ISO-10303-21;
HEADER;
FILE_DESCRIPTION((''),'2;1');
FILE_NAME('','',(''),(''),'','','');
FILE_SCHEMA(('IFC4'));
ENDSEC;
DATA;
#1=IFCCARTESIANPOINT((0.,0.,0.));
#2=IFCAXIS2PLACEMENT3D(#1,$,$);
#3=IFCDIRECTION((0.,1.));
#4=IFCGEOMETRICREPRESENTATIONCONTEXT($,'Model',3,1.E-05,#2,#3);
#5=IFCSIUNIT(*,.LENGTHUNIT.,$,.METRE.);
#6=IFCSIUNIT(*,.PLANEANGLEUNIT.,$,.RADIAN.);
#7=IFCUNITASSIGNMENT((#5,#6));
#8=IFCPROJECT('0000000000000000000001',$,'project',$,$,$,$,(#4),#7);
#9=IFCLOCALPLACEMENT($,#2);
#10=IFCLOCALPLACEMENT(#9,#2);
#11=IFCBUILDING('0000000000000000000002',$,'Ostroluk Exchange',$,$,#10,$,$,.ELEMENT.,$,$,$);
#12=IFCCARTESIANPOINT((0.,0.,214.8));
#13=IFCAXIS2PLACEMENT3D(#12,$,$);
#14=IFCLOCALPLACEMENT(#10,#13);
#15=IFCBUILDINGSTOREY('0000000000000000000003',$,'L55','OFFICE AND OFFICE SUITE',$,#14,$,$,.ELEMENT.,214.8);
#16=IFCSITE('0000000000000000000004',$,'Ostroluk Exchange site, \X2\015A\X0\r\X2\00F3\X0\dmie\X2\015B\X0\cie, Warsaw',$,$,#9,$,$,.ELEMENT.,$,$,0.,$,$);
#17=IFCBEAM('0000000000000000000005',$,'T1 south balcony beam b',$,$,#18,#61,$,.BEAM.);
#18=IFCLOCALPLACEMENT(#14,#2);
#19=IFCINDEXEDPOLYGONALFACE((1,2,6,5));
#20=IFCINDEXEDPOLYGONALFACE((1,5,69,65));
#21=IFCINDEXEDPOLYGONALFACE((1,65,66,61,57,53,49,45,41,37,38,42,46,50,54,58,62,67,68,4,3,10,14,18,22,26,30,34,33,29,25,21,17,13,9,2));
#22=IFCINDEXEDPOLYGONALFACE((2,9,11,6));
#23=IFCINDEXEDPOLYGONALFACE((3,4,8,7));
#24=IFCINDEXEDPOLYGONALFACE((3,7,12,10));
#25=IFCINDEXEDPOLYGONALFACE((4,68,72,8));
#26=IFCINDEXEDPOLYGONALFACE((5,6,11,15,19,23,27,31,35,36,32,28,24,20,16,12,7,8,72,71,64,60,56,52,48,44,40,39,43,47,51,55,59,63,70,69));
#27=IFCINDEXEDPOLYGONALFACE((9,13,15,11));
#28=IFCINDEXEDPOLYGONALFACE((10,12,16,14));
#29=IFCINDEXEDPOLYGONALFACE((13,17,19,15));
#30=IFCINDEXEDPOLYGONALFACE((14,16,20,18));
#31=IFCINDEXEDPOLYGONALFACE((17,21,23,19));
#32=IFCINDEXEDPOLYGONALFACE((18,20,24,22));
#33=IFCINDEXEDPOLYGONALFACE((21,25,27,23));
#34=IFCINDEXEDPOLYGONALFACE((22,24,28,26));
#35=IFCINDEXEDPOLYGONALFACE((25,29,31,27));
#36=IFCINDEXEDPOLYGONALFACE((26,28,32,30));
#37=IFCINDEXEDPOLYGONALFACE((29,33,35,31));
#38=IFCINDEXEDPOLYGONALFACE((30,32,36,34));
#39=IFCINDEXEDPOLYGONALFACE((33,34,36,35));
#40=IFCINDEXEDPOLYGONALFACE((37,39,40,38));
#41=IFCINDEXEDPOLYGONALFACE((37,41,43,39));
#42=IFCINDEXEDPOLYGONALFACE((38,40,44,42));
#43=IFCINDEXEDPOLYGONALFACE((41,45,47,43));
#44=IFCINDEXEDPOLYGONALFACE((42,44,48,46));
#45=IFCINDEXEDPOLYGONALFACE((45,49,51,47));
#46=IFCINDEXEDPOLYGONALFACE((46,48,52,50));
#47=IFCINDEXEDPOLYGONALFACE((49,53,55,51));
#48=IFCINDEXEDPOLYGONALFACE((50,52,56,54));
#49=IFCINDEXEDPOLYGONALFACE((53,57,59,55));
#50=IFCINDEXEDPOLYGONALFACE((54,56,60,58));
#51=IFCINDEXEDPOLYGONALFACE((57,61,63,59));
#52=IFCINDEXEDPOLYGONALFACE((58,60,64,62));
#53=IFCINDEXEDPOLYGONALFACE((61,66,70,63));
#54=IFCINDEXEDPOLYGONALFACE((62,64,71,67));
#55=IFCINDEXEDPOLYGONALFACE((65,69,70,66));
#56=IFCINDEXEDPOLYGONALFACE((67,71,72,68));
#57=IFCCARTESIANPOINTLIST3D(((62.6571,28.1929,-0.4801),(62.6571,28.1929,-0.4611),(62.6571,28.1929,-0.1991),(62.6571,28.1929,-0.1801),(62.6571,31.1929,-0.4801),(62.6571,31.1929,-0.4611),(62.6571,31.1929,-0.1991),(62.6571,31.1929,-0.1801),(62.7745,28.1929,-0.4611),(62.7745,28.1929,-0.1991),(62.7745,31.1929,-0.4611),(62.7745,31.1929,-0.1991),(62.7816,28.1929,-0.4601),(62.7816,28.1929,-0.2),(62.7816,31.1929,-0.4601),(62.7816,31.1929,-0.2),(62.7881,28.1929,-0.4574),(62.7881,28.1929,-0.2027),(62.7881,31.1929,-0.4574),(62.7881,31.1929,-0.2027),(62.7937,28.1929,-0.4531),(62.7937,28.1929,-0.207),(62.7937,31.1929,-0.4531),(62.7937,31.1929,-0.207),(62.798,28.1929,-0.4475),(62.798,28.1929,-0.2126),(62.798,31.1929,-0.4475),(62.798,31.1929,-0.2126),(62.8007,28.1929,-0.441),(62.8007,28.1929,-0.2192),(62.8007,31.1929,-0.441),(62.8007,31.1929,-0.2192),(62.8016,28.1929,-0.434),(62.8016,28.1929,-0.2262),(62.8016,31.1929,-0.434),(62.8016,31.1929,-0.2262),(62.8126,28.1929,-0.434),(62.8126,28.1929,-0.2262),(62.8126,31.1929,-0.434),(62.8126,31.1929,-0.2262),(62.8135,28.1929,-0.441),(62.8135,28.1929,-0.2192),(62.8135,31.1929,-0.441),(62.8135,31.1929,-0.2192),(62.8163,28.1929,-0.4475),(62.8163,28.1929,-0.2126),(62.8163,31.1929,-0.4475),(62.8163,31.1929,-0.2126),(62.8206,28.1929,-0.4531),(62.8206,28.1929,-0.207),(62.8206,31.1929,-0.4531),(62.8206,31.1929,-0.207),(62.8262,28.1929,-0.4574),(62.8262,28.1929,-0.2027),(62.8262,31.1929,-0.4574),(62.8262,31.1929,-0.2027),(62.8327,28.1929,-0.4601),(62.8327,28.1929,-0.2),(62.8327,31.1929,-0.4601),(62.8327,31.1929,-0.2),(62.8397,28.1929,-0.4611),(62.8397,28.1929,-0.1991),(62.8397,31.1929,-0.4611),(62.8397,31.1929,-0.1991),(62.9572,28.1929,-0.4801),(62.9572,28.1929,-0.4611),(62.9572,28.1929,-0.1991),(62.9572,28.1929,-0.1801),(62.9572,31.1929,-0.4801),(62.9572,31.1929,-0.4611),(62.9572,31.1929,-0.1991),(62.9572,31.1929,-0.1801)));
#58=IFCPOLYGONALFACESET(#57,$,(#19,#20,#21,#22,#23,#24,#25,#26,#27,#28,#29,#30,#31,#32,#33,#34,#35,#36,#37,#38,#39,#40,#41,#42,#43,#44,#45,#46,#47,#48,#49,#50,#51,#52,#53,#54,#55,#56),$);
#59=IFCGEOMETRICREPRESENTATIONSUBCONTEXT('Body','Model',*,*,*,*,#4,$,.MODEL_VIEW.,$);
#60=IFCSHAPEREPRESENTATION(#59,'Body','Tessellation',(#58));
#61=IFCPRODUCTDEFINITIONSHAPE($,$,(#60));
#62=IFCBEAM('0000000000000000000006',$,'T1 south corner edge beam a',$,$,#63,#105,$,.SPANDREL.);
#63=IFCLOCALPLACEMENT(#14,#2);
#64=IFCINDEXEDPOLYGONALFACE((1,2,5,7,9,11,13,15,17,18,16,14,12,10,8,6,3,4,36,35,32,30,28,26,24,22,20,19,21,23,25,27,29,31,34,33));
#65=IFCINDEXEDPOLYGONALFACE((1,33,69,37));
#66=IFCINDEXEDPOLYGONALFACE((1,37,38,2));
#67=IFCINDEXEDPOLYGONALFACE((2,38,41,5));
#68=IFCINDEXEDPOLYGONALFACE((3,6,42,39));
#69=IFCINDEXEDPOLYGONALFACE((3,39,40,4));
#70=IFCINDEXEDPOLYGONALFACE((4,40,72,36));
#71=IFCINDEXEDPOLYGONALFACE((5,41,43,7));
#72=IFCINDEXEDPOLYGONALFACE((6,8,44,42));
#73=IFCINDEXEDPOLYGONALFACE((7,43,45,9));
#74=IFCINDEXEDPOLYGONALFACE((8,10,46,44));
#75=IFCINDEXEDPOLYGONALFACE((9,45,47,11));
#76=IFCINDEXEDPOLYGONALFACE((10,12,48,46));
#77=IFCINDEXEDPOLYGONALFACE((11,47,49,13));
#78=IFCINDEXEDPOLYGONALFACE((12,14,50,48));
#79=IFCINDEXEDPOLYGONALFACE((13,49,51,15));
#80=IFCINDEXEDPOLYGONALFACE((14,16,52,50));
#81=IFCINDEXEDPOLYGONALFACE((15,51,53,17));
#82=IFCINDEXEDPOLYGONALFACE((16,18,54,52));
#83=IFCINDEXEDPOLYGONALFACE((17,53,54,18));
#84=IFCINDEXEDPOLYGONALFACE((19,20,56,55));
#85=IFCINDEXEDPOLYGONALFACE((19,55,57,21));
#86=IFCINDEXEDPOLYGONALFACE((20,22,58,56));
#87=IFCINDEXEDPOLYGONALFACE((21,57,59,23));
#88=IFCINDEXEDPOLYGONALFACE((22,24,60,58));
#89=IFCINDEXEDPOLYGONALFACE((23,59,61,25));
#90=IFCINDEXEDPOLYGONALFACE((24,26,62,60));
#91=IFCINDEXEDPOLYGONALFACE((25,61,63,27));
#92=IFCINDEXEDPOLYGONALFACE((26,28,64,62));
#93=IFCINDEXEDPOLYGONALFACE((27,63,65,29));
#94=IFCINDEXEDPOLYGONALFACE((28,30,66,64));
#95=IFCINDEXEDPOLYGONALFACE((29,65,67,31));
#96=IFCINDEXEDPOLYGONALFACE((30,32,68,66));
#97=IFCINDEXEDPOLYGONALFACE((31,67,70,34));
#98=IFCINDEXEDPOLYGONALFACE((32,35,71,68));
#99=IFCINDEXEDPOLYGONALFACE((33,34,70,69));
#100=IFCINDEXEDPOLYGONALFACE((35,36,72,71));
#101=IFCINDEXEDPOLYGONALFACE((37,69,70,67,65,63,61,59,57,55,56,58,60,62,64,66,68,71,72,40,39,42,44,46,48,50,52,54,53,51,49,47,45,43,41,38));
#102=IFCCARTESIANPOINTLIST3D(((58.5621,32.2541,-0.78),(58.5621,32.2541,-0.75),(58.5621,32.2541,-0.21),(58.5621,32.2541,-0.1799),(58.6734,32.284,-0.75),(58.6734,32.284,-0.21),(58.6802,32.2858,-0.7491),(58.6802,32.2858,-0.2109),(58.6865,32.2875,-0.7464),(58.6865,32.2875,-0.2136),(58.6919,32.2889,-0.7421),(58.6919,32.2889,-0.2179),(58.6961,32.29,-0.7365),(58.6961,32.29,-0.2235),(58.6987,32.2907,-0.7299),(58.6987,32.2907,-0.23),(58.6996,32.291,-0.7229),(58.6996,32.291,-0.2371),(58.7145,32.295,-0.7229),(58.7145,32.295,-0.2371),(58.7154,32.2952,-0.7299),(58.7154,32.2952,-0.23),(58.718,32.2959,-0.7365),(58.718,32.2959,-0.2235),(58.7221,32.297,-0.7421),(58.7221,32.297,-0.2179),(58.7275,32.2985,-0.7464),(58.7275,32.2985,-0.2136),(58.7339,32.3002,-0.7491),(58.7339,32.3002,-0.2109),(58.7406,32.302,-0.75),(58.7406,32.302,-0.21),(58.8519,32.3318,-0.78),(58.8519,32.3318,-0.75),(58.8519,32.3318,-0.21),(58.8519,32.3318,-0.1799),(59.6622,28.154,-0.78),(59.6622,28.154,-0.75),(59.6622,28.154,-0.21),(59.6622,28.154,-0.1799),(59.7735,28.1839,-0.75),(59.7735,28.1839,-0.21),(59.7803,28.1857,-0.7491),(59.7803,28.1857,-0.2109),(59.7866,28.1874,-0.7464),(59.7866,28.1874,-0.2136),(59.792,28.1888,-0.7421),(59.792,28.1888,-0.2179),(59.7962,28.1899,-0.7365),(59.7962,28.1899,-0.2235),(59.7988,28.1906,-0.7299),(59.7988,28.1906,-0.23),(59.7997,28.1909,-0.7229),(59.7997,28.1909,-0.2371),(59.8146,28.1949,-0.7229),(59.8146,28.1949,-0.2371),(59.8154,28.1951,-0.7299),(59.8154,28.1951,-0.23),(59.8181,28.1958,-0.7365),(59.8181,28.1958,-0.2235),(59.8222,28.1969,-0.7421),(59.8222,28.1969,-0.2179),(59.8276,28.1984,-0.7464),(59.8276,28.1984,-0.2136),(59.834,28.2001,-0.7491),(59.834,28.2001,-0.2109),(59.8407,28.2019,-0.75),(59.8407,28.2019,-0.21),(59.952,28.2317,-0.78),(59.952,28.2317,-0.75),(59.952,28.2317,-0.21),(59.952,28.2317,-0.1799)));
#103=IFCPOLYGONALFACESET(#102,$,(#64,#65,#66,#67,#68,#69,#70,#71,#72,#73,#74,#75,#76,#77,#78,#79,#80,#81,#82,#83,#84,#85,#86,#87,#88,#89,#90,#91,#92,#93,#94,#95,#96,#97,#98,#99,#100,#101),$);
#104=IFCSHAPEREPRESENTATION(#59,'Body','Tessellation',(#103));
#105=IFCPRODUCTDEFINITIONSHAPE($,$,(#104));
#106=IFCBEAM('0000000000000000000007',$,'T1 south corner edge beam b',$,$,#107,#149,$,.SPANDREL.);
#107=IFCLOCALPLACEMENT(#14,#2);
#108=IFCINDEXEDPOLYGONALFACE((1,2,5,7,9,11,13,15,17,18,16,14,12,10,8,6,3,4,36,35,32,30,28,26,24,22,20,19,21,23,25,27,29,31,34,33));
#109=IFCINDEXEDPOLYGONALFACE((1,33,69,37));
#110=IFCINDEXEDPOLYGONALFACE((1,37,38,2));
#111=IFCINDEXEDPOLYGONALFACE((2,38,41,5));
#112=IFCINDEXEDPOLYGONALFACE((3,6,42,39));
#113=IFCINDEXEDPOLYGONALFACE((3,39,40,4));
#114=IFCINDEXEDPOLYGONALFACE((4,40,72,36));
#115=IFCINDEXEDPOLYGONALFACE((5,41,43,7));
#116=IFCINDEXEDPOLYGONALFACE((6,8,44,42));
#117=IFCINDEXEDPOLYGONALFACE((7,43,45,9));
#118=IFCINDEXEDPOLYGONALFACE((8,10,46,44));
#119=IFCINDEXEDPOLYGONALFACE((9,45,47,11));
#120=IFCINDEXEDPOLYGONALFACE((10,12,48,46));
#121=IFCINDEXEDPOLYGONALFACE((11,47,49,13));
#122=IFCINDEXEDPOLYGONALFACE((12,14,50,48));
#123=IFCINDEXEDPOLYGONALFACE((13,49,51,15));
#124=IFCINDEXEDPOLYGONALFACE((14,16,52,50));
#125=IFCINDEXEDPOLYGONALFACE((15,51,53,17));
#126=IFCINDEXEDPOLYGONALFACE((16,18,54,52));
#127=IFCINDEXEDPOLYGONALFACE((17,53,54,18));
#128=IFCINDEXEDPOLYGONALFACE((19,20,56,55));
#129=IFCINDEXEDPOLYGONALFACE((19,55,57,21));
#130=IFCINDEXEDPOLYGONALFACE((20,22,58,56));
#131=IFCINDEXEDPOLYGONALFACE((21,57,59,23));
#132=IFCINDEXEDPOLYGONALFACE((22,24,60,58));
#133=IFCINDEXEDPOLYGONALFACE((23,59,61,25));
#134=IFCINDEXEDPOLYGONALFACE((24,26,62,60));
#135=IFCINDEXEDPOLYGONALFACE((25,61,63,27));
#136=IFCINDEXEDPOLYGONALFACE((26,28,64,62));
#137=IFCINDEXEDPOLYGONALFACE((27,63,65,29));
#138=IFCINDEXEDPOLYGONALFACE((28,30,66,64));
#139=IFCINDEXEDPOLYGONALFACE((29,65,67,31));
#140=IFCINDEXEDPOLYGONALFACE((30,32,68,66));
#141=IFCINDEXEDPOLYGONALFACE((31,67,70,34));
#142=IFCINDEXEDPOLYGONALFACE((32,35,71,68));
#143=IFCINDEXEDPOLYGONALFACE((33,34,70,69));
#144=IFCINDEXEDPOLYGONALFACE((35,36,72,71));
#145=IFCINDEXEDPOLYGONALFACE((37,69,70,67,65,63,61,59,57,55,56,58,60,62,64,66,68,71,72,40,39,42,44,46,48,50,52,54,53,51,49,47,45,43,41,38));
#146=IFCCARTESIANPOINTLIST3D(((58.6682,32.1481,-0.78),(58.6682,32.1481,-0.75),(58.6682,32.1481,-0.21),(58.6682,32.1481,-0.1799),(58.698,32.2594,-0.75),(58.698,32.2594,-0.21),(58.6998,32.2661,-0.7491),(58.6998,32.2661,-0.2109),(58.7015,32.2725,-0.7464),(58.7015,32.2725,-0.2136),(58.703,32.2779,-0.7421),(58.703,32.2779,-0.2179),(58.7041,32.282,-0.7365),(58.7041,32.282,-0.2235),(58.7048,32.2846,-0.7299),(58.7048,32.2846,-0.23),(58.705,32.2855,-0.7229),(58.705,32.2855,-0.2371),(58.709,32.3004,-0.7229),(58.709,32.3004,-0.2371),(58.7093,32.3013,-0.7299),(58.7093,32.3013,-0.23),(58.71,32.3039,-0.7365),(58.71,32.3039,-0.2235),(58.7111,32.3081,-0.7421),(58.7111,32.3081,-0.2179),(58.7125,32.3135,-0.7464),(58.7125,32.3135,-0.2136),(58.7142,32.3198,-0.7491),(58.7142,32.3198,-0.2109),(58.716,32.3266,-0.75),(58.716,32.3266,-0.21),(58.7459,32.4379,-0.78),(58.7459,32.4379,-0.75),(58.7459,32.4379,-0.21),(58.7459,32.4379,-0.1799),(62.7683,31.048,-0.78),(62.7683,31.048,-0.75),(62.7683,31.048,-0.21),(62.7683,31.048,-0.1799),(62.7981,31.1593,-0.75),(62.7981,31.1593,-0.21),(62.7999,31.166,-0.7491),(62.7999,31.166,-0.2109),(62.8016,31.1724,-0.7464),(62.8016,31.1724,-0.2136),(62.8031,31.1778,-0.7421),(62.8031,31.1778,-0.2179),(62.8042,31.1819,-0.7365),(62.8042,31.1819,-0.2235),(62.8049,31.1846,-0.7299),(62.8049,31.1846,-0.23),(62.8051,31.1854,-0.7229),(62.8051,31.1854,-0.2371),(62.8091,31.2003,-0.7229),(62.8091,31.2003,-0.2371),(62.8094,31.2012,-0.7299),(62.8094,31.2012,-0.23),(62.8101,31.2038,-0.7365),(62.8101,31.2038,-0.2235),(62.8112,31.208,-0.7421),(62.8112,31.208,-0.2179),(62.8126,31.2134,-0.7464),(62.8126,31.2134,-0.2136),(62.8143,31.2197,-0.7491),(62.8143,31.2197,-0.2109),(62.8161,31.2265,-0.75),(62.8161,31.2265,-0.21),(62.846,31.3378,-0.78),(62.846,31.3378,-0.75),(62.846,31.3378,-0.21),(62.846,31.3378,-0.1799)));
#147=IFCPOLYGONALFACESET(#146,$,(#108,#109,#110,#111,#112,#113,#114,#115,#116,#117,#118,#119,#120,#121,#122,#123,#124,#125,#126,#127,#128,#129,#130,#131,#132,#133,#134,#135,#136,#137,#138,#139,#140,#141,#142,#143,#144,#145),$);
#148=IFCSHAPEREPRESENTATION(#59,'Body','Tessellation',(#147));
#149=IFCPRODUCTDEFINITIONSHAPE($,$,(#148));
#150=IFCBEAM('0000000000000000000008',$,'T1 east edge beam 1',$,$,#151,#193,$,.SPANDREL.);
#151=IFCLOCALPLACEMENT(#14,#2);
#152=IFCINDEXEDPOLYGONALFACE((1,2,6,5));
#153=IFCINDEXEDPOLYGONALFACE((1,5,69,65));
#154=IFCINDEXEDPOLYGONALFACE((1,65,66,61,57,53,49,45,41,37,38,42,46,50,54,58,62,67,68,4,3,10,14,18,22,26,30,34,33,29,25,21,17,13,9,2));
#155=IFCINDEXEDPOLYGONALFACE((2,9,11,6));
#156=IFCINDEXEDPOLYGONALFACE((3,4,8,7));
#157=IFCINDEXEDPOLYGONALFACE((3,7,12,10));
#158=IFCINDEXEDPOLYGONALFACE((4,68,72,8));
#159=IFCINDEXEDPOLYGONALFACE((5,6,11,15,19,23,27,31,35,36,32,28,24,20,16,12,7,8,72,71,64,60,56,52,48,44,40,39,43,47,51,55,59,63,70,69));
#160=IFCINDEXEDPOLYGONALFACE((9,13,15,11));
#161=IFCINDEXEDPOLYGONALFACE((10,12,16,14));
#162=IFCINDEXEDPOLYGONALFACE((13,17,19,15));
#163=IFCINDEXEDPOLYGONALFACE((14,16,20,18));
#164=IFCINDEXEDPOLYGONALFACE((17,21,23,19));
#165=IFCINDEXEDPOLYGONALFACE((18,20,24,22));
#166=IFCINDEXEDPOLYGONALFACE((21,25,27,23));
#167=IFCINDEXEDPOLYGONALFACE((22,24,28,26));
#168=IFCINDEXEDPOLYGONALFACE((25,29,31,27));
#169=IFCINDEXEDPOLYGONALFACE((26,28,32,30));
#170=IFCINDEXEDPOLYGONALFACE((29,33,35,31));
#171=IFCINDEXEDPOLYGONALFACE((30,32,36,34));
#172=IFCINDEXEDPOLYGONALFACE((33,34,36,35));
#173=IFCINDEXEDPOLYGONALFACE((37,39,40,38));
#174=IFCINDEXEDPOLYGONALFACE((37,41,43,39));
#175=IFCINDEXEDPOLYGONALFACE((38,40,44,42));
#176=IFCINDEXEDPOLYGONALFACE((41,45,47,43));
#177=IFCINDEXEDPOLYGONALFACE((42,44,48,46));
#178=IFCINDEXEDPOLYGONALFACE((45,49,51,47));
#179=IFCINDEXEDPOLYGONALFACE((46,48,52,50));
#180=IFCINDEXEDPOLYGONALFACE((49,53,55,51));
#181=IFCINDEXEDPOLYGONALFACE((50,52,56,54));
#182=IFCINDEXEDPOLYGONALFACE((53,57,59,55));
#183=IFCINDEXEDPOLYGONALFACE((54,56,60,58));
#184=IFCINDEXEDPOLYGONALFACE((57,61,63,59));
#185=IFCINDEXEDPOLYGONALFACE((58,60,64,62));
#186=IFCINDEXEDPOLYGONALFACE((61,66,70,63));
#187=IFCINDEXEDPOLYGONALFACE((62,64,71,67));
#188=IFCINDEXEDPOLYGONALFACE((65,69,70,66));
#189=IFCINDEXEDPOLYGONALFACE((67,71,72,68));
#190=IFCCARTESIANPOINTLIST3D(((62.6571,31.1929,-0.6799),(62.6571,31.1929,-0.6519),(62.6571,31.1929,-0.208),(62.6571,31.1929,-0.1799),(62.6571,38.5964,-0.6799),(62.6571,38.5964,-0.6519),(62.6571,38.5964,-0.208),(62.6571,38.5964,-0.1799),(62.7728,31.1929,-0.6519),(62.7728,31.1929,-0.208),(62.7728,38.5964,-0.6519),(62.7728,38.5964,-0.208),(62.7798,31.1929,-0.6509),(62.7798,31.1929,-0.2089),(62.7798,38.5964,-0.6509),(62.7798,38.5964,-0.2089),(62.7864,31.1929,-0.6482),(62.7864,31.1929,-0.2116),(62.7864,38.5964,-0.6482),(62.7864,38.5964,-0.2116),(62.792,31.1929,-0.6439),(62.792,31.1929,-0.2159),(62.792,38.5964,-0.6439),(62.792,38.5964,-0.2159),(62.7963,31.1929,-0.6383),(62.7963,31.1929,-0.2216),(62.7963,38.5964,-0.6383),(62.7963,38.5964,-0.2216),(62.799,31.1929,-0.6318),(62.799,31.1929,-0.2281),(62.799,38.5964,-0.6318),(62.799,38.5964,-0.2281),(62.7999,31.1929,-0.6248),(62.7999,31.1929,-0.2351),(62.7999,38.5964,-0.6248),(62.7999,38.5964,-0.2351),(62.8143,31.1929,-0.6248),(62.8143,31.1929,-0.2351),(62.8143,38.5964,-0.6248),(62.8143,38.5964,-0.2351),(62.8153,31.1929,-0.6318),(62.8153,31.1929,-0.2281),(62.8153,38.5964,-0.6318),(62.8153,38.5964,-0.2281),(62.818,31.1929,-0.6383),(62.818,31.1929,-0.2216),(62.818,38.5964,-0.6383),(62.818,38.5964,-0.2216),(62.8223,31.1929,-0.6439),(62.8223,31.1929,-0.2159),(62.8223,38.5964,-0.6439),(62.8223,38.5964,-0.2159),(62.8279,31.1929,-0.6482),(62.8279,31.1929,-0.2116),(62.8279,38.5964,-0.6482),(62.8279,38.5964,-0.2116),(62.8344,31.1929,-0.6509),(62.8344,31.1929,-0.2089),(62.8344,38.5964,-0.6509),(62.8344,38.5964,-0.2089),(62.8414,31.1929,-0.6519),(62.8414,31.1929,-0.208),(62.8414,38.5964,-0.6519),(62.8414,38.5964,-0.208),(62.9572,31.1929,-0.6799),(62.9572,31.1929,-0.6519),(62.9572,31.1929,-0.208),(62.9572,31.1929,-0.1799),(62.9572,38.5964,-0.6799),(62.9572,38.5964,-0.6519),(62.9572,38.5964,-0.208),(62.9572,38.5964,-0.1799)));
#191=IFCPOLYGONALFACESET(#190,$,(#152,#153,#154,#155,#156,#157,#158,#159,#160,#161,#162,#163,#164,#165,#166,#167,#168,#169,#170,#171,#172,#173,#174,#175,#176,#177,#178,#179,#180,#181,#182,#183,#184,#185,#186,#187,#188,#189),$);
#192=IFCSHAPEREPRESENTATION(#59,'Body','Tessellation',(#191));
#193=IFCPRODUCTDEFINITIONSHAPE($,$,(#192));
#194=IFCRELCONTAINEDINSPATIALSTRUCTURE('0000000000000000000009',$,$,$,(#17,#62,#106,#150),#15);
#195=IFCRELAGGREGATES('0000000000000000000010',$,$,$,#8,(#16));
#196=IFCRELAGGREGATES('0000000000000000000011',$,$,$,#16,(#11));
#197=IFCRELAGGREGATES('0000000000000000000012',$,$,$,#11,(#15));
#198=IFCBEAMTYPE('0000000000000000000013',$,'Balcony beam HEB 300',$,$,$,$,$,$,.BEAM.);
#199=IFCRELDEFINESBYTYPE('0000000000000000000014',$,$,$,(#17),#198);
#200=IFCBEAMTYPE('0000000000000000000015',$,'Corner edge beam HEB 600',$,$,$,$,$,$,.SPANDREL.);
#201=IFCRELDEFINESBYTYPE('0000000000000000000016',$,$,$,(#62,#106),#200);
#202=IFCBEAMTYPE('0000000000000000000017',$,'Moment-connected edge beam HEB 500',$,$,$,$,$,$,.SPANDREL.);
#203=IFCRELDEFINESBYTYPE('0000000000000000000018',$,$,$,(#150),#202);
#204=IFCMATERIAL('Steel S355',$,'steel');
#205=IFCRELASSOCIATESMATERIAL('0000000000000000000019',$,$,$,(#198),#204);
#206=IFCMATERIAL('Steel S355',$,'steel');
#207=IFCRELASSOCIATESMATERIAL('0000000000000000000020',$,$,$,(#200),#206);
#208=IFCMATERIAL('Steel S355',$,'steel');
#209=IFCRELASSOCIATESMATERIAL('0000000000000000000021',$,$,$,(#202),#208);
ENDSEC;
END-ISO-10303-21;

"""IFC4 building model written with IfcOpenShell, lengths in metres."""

from ifc_helpers import new_model, si_unit, direction, frame, origin, origin_2d, place, context, subcontext, project, spatial, i_section, extrude, material, material_profile, profile_set, type_object, element, save


model = new_model("IFC4")

# Units and contexts
model_context = context("Model", 3, precision=1e-05, world=origin(), true_north=direction((0.0, 1.0)))
body_context = subcontext(model_context, "Body", "Model", "MODEL_VIEW")
ifc_project = project(units=[si_unit("LENGTHUNIT", "METRE"), si_unit("PLANEANGLEUNIT", "RADIAN")], contexts=[model_context])

# Site, building, storey
site_placement = place(None, origin())
site = spatial("IfcSite", under=ifc_project, at=site_placement, Name="Ostroluk Exchange site, Śródmieście, Warsaw", CompositionType="ELEMENT", RefElevation=0.0)
building_placement = place(site_placement, origin())
building = spatial("IfcBuilding", under=site, at=building_placement, Name="Ostroluk Exchange", CompositionType="ELEMENT")
storey_placement = place(building_placement, frame((0.0, 0.0, 214.8)))
storey = spatial("IfcBuildingStorey", under=building, at=storey_placement, Name="L55", Description="OFFICE AND OFFICE SUITE", CompositionType="ELEMENT", Elevation=214.8)

# Beams
ifc_material_1 = material(Name="Steel S355", Category="steel")
ifc_material_profile_1 = material_profile(ifc_material_1, i_section(OverallWidth=0.3, OverallDepth=0.3, WebThickness=0.011, FlangeThickness=0.019, FilletRadius=0.0271, at=origin_2d()), Name="HEB 300")
ifc_profile_set_1 = profile_set([ifc_material_profile_1], Name="Steel S355")
beam_type_1 = type_object("IfcBeamType", Name="Balcony beam HEB 300", PredefinedType="BEAM", material=ifc_profile_set_1)
for number, where, z_axis, x_axis, name in (
    (1, (62.8071, 31.1929, -0.3301), (0.0, -1.0, 0.0), (1.0, 0.0, 0.0), "T1 south balcony beam b"),
):
    element("IfcBeam", number, at=place(storey_placement, frame(where, z_axis=z_axis, x_axis=x_axis)), inside=storey, type_object=beam_type_1, Name=name, PredefinedType="BEAM", context=body_context, shape_type="SweptSolid", body=[
        extrude(i_section(OverallWidth=0.3, OverallDepth=0.3, WebThickness=0.011, FlangeThickness=0.019, FilletRadius=0.0271, at=origin_2d()), origin(), (0.0, 0.0, 1.0), 3.0),
    ])
ifc_material_2 = material(Name="Steel S355", Category="steel")
ifc_material_profile_2 = material_profile(ifc_material_2, i_section(OverallWidth=0.3, OverallDepth=0.6001, WebThickness=0.0154, FlangeThickness=0.03, FilletRadius=0.0271, at=origin_2d()), Name="HEB 600")
ifc_profile_set_2 = profile_set([ifc_material_profile_2], Name="Steel S355")
beam_type_2 = type_object("IfcBeamType", Name="Corner edge beam HEB 600", PredefinedType="SPANDREL", material=ifc_profile_set_2)
for number, where, z_axis, x_axis, name in (
    (2, (58.707, 32.293, -0.48), (0.259144, -0.965839, 0.0), (0.965839, 0.259144, 0.0), "T1 south corner edge beam a"),
    (3, (58.707, 32.293, -0.48), (0.965839, -0.259144, 0.0), (0.259144, 0.965839, 0.0), "T1 south corner edge beam b"),
):
    element("IfcBeam", number, at=place(storey_placement, frame(where, z_axis=z_axis, x_axis=x_axis)), inside=storey, type_object=beam_type_2, Name=name, PredefinedType="SPANDREL", context=body_context, shape_type="SweptSolid", body=[
        extrude(i_section(OverallWidth=0.3, OverallDepth=0.6001, WebThickness=0.0154, FlangeThickness=0.03, FilletRadius=0.0271, at=origin_2d()), origin(), (0.0, 0.0, 1.0), 4.2451),
    ])
ifc_material_3 = material(Name="Steel S355", Category="steel")
ifc_material_profile_3 = material_profile(ifc_material_3, i_section(OverallWidth=0.3, OverallDepth=0.5, WebThickness=0.0144, FlangeThickness=0.0281, FilletRadius=0.0271, at=origin_2d()), Name="HEB 500")
ifc_profile_set_3 = profile_set([ifc_material_profile_3], Name="Steel S355")
beam_type_3 = type_object("IfcBeamType", Name="Moment-connected edge beam HEB 500", PredefinedType="SPANDREL", material=ifc_profile_set_3)
beam_placement = place(storey_placement, frame((62.8071, 31.1929, -0.4299), z_axis=(0.0, 1.0, 0.0), x_axis=(-1.0, 0.0, 0.0)))
element("IfcBeam", 4, at=beam_placement, inside=storey, type_object=beam_type_3, Name="T1 east edge beam 1", PredefinedType="SPANDREL", context=body_context, shape_type="SweptSolid", body=[
    extrude(i_section(OverallWidth=0.3, OverallDepth=0.5, WebThickness=0.0144, FlangeThickness=0.0281, FilletRadius=0.0271, at=origin_2d()), origin(), (0.0, 0.0, 1.0), 7.4036),
])

save(model, "model.ifc")
